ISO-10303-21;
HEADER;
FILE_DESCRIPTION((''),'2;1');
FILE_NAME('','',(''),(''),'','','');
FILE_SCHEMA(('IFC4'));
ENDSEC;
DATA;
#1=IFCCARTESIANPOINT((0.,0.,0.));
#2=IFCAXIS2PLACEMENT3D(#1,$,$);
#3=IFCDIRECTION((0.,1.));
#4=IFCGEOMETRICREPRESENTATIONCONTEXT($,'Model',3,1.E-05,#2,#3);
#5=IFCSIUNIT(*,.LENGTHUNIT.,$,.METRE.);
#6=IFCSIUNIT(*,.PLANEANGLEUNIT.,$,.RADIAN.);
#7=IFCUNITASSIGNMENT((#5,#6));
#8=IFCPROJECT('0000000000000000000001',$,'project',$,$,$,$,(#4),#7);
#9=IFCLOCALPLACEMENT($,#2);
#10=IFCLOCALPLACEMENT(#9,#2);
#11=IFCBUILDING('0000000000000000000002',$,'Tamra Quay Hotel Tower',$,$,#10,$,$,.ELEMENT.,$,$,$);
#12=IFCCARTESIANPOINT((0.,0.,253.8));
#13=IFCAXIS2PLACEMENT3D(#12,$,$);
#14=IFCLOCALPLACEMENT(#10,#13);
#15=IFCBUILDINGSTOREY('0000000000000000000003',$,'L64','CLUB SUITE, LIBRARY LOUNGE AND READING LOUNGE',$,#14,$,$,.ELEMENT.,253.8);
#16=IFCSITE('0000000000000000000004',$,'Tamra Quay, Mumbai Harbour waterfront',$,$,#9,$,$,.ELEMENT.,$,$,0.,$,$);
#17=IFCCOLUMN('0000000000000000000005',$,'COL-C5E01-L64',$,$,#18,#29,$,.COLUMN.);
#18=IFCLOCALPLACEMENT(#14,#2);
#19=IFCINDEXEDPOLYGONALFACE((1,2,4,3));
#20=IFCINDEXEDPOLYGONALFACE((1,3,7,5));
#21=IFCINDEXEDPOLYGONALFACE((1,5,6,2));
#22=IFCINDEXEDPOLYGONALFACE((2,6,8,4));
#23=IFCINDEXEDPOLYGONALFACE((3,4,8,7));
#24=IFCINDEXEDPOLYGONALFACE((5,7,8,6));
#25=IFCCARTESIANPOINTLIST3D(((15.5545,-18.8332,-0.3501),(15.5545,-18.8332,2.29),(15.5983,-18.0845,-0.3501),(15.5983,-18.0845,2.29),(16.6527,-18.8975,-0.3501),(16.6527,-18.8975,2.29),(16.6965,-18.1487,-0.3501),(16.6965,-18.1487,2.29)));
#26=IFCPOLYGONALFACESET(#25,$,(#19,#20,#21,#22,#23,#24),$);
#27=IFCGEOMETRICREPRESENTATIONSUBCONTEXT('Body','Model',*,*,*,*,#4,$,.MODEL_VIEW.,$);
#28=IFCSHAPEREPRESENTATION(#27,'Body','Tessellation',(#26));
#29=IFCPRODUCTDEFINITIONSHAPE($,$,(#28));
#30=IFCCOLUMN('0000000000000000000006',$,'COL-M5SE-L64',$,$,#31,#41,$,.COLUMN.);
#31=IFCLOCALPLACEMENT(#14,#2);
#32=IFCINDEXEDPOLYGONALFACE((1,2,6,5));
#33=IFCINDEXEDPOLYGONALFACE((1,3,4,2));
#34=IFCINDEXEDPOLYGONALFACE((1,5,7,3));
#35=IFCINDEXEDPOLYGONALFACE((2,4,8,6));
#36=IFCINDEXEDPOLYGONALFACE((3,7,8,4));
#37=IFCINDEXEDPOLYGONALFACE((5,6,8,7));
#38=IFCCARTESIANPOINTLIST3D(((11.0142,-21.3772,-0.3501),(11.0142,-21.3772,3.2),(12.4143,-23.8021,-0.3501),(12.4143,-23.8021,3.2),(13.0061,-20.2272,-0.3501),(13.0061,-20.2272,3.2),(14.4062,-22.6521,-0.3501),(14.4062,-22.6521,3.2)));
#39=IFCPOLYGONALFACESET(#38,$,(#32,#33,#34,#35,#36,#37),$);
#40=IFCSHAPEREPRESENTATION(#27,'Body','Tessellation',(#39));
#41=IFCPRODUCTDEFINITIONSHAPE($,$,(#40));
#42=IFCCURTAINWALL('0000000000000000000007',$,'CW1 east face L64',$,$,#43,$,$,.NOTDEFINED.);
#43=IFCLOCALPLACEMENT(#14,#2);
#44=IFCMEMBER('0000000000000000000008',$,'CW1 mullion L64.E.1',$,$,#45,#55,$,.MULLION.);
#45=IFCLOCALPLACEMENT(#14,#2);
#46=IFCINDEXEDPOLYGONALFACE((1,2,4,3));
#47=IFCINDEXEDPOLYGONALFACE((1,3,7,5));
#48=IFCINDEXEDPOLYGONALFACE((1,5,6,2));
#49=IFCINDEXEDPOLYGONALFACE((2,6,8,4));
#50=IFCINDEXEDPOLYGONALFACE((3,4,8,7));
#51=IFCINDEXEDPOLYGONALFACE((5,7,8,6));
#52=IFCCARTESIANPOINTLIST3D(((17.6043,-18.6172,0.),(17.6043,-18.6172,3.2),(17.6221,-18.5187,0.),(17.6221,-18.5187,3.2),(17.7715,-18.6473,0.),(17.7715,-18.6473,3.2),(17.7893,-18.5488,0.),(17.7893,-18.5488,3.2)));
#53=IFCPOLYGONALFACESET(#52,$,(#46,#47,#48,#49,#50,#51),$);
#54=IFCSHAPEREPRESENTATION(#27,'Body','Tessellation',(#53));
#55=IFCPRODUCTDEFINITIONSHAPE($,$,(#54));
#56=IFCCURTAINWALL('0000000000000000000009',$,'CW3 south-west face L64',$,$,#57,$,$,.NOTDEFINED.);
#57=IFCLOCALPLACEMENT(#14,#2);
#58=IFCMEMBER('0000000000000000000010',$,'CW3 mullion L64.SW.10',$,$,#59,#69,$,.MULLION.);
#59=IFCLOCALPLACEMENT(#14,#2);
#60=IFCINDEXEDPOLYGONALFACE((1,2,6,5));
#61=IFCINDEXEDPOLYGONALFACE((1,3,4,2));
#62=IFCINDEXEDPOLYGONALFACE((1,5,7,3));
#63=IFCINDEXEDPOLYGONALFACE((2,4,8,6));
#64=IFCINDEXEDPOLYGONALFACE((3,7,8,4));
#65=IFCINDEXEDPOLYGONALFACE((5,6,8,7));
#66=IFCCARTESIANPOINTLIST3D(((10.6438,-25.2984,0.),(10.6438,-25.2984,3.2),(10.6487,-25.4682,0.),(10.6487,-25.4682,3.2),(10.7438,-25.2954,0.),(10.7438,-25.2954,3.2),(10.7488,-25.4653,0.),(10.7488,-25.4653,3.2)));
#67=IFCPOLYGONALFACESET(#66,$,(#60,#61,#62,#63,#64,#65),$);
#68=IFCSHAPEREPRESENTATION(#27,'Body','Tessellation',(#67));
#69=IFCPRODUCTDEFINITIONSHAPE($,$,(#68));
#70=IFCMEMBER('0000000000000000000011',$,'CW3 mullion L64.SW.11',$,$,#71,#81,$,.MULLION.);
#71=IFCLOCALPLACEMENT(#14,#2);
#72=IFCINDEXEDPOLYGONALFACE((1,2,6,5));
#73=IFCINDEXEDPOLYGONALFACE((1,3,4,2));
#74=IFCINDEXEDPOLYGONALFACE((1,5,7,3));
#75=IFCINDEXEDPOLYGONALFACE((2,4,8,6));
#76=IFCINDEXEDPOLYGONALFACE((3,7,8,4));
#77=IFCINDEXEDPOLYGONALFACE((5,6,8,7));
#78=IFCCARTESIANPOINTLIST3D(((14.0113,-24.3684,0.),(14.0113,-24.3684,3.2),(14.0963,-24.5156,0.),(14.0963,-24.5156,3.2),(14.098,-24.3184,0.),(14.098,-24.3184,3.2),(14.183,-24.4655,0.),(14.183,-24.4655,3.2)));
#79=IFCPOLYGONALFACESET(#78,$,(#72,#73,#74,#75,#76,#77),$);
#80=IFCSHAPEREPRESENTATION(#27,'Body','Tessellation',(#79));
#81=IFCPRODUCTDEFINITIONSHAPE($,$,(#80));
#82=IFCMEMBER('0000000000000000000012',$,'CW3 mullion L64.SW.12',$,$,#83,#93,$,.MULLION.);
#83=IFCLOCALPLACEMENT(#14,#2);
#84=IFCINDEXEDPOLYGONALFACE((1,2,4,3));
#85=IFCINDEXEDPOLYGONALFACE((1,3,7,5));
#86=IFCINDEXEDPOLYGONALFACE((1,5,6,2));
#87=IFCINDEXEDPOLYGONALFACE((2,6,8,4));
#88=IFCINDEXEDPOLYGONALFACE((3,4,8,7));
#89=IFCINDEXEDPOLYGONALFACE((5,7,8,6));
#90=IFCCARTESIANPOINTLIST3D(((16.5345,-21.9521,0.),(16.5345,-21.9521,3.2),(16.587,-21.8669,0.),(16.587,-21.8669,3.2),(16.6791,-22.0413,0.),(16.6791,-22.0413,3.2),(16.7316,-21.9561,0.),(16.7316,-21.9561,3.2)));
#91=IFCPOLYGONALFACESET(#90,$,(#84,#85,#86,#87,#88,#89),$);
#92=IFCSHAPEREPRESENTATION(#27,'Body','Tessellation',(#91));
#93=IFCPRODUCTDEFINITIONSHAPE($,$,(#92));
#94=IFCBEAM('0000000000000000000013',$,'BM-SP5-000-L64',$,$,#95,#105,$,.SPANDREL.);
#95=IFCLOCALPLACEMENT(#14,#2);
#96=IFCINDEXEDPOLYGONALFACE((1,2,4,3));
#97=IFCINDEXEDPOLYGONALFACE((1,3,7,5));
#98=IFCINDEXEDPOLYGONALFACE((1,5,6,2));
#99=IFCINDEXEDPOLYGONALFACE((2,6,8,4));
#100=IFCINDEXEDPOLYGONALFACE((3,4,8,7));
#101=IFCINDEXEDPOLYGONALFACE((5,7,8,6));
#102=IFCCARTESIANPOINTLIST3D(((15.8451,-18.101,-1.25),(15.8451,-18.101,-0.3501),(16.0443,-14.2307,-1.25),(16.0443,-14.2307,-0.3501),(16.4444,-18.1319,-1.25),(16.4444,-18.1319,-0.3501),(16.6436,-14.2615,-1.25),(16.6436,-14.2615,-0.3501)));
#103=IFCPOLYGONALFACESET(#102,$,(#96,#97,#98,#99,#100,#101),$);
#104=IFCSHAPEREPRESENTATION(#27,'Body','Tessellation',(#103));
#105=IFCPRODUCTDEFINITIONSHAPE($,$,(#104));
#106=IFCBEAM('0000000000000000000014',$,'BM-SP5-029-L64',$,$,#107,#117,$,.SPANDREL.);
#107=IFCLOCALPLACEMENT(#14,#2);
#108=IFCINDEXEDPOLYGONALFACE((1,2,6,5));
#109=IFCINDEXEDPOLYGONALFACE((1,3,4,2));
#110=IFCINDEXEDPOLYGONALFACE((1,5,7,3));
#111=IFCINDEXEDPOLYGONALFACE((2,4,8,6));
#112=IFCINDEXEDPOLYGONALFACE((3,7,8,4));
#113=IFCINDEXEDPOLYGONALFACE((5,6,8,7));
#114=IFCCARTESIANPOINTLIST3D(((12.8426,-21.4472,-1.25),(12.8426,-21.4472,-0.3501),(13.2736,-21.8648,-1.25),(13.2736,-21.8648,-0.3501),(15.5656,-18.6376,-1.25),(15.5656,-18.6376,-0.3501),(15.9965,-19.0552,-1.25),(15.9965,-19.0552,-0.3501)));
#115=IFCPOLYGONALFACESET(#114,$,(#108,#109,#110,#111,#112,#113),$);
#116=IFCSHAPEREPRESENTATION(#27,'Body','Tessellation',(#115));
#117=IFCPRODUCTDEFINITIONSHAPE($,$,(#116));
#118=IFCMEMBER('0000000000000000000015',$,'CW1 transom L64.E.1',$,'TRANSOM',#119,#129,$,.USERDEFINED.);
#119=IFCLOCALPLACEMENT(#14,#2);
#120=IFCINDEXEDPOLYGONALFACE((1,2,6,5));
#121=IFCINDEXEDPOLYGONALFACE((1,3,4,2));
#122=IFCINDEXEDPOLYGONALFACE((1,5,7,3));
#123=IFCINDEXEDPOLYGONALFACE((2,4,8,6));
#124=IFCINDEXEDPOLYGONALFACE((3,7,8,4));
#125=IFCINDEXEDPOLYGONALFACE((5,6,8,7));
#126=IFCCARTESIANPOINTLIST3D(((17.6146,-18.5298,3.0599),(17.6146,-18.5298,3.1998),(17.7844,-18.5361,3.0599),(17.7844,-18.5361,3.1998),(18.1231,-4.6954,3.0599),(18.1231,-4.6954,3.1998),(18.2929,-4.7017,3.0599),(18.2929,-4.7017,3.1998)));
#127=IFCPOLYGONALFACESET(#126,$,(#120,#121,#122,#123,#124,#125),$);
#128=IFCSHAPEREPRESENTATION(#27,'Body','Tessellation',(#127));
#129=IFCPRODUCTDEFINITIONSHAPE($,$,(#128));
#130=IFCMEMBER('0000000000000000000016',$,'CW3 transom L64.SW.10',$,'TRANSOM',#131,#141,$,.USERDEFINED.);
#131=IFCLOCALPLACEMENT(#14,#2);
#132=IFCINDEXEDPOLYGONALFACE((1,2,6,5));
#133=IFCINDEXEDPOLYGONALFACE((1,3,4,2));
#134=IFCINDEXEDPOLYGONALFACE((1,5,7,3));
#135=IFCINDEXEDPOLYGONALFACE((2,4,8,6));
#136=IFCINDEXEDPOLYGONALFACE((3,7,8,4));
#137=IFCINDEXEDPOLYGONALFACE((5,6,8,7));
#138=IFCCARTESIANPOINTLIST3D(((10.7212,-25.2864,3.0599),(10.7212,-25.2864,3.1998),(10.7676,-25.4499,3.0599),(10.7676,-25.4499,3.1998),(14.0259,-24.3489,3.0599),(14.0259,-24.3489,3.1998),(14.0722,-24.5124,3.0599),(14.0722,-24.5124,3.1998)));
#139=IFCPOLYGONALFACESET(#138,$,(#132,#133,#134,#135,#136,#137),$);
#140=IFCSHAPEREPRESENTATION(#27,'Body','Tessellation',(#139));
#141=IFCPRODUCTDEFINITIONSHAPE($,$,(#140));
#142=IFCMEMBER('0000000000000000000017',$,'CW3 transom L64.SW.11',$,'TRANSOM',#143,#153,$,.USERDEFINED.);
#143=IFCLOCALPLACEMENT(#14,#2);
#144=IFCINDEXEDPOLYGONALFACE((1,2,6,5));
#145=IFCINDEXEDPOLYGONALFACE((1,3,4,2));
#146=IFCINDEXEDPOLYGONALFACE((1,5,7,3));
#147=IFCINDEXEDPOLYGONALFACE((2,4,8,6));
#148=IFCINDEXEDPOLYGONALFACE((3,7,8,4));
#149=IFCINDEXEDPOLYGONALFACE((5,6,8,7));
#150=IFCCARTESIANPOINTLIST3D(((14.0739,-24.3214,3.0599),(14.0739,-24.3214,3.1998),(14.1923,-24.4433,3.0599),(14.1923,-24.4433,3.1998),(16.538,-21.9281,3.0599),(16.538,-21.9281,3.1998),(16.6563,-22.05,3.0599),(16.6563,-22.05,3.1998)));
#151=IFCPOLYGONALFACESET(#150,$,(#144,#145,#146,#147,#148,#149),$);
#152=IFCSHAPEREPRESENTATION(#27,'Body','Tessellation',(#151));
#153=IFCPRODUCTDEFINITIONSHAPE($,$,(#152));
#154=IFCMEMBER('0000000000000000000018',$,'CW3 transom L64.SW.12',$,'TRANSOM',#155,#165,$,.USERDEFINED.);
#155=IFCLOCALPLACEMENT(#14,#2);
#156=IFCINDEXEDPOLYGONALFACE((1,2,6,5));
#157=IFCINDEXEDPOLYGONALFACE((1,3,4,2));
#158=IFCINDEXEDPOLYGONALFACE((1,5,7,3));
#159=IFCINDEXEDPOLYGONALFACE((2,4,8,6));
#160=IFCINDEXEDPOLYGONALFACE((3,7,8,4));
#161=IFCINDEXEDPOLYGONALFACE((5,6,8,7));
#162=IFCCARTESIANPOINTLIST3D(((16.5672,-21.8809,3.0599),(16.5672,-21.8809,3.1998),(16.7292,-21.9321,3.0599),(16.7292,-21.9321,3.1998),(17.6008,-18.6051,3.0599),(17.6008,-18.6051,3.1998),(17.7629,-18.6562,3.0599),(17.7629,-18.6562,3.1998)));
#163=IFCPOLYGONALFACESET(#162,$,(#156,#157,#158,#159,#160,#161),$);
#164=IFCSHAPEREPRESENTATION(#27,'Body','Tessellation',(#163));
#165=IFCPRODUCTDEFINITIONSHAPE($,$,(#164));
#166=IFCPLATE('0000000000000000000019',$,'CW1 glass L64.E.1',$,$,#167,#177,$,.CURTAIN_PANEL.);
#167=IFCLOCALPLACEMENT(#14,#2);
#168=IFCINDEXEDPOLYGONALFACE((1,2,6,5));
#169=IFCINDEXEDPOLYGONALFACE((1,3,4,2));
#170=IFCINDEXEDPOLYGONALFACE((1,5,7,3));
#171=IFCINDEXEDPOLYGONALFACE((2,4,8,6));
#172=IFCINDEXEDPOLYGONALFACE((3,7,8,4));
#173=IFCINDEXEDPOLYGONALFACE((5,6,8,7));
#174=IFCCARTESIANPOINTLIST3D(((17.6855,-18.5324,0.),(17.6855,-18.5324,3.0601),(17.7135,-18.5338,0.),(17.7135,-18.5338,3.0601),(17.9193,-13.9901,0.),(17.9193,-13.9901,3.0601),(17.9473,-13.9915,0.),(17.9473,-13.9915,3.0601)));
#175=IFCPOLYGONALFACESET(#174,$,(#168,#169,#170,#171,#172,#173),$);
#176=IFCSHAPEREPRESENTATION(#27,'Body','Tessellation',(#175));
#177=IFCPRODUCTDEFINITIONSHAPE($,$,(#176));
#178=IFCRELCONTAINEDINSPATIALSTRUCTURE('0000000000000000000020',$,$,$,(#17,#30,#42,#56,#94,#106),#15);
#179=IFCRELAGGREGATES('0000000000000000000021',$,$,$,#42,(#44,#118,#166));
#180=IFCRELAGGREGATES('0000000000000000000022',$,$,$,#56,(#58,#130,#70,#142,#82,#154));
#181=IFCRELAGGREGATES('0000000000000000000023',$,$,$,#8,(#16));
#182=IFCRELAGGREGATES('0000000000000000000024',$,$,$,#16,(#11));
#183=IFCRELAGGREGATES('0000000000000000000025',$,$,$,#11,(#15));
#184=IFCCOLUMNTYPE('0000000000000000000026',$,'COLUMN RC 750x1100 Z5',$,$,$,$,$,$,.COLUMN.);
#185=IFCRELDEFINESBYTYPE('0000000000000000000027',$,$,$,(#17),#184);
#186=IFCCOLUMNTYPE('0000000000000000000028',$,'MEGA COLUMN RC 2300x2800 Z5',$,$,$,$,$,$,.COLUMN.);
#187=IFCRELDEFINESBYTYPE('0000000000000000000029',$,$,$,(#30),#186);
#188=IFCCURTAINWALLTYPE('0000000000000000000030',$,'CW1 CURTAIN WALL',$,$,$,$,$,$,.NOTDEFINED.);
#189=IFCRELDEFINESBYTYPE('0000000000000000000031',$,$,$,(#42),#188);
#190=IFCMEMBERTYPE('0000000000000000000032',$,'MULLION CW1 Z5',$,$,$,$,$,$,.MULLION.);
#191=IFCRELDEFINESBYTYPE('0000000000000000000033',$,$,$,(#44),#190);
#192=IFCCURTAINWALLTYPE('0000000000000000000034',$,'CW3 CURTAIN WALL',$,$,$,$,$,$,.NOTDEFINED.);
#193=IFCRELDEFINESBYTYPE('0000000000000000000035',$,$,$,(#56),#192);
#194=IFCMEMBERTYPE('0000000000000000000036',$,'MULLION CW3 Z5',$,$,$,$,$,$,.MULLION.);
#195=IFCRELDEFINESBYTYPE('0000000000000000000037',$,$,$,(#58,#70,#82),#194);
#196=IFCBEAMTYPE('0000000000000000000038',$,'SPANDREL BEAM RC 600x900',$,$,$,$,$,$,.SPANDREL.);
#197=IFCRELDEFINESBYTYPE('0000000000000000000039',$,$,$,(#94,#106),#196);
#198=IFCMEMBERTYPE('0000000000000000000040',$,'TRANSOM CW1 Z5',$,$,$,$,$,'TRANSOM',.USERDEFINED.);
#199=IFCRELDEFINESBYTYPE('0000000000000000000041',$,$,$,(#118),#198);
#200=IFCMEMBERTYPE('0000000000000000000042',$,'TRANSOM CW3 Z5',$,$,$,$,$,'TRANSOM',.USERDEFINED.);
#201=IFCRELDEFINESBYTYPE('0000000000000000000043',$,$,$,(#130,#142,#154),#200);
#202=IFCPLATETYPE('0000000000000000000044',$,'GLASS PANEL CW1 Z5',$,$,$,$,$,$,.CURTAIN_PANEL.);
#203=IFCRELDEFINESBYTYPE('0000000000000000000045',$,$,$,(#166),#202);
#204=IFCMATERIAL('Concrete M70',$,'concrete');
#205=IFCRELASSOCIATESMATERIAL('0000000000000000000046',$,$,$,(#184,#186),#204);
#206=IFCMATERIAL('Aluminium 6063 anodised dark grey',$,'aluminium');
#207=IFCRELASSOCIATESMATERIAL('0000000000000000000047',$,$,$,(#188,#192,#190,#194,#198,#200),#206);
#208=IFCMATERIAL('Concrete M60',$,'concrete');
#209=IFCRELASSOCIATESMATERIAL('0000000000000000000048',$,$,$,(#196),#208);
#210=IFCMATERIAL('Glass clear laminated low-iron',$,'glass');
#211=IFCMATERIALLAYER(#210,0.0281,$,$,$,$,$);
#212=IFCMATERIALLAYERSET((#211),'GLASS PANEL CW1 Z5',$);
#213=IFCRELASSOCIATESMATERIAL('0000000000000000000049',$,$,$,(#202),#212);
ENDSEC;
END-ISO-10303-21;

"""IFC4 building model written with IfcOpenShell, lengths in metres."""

from ifc_helpers import new_model, si_unit, direction, frame, origin, origin_2d, place, context, subcontext, project, spatial, rectangle, extrude, material, layer, layer_set, material_profile, profile_set, type_object, element, aggregate, save


model = new_model("IFC4")

# Units and contexts
model_context = context("Model", 3, precision=1e-05, world=origin(), true_north=direction((0.0, 1.0)))
body_context = subcontext(model_context, "Body", "Model", "MODEL_VIEW")
ifc_project = project(units=[si_unit("LENGTHUNIT", "METRE"), si_unit("PLANEANGLEUNIT", "RADIAN")], contexts=[model_context])

# Site, building, storey
site_placement = place(None, origin())
site = spatial("IfcSite", under=ifc_project, at=site_placement, Name="Tamra Quay, Mumbai Harbour waterfront", CompositionType="ELEMENT", RefElevation=0.0)
building_placement = place(site_placement, origin())
building = spatial("IfcBuilding", under=site, at=building_placement, Name="Tamra Quay Hotel Tower", CompositionType="ELEMENT")
storey_placement = place(building_placement, frame((0.0, 0.0, 253.8)))
storey = spatial("IfcBuildingStorey", under=building, at=storey_placement, Name="L64", Description="CLUB SUITE, LIBRARY LOUNGE AND READING LOUNGE", CompositionType="ELEMENT", Elevation=253.8)

# Columns
ifc_material_1 = material(Name="Concrete M70", Category="concrete")
ifc_material_profile_1 = material_profile(ifc_material_1, rectangle(XDim=1.1001, YDim=0.75, at=origin_2d()), Name="COLUMN RC 750x1100 Z5")
ifc_profile_set_1 = profile_set([ifc_material_profile_1], Name="Concrete M70")
column_type_1 = type_object("IfcColumnType", Name="COLUMN RC 750x1100 Z5", PredefinedType="COLUMN", material=ifc_profile_set_1)
column_1_placement = place(storey_placement, frame((16.1255, -18.491, -0.3501), z_axis=(0.0, 0.0, 1.0), x_axis=(-0.998292, 0.05842, 0.0)))
element("IfcColumn", 1, at=column_1_placement, inside=storey, type_object=column_type_1, Name="COL-C5E01-L64", PredefinedType="COLUMN", context=body_context, shape_type="SweptSolid", body=[
    extrude(rectangle(XDim=1.1001, YDim=0.75, at=origin_2d()), origin(), (0.0, 0.0, 1.0), 2.6401),
])
ifc_material_profile_2 = material_profile(ifc_material_1, rectangle(XDim=2.8, YDim=2.3, at=origin_2d()), Name="MEGA COLUMN RC 2300x2800 Z5")
ifc_profile_set_2 = profile_set([ifc_material_profile_2], Name="Concrete M70")
column_type_2 = type_object("IfcColumnType", Name="MEGA COLUMN RC 2300x2800 Z5", PredefinedType="COLUMN", material=ifc_profile_set_2)
column_2_placement = place(storey_placement, frame((12.7102, -22.0146, -0.3501), z_axis=(0.0, 0.0, 1.0), x_axis=(-0.5, 0.866025, 0.0)))
element("IfcColumn", 2, at=column_2_placement, inside=storey, type_object=column_type_2, Name="COL-M5SE-L64", PredefinedType="COLUMN", context=body_context, shape_type="SweptSolid", body=[
    extrude(rectangle(XDim=2.8, YDim=2.3, at=origin_2d()), origin(), (0.0, 0.0, 1.0), 3.55),
])

# Curtain wall, member
ifc_material_2 = material(Name="Aluminium 6063 anodised dark grey", Category="aluminium")
curtain_wall_type_1 = type_object("IfcCurtainWallType", Name="CW1 CURTAIN WALL", PredefinedType="NOTDEFINED", material=ifc_material_2)
curtain_wall_1_placement = place(storey_placement, origin())
curtain_wall_1 = element("IfcCurtainWall", 3, at=curtain_wall_1_placement, inside=storey, type_object=curtain_wall_type_1, Name="CW1 east face L64", PredefinedType="NOTDEFINED")
ifc_material_profile_3 = material_profile(ifc_material_2, rectangle(XDim=0.1699, YDim=0.1001, at=origin_2d()), Name="MULLION 100X170")
ifc_profile_set_3 = profile_set([ifc_material_profile_3], Name="Aluminium 6063 anodised dark grey")
member_type_1 = type_object("IfcMemberType", Name="MULLION CW1 Z5", PredefinedType="MULLION", material=ifc_profile_set_3)
member_1_placement = place(storey_placement, frame((17.6968, -18.583, 0.0), z_axis=(0.0, 0.0, 1.0), x_axis=(0.984105, -0.177586, 0.0)))
member_1 = element("IfcMember", 4, at=member_1_placement, type_object=member_type_1, Name="CW1 mullion L64.E.1", PredefinedType="MULLION", context=body_context, shape_type="SweptSolid", body=[
    extrude(rectangle(XDim=0.1699, YDim=0.1001, at=origin_2d()), origin(), (0.0, 0.0, 1.0), 3.2),
])

# Curtain wall, members
curtain_wall_type_2 = type_object("IfcCurtainWallType", Name="CW3 CURTAIN WALL", PredefinedType="NOTDEFINED", material=ifc_material_2)
curtain_wall_2_placement = place(storey_placement, origin())
curtain_wall_2 = element("IfcCurtainWall", 5, at=curtain_wall_2_placement, inside=storey, type_object=curtain_wall_type_2, Name="CW3 south-west face L64", PredefinedType="NOTDEFINED")
ifc_material_profile_4 = material_profile(ifc_material_2, rectangle(XDim=0.1699, YDim=0.1001, at=origin_2d()), Name="MULLION 100X170")
ifc_profile_set_4 = profile_set([ifc_material_profile_4], Name="Aluminium 6063 anodised dark grey")
member_type_2 = type_object("IfcMemberType", Name="MULLION CW3 Z5", PredefinedType="MULLION", material=ifc_profile_set_4)
member_2_placement = place(storey_placement, frame((10.6963, -25.3818, 0.0), z_axis=(0.0, 0.0, 1.0), x_axis=(0.029223, -0.999573, 0.0)))
member_2 = element("IfcMember", 6, at=member_2_placement, type_object=member_type_2, Name="CW3 mullion L64.SW.10", PredefinedType="MULLION", context=body_context, shape_type="SweptSolid", body=[
    extrude(rectangle(XDim=0.1699, YDim=0.1001, at=origin_2d()), origin(), (0.0, 0.0, 1.0), 3.2),
])
member_3_placement = place(storey_placement, frame((14.0972, -24.417, 0.0), z_axis=(0.0, 0.0, 1.0), x_axis=(0.5, -0.866025, 0.0)))
member_3 = element("IfcMember", 7, at=member_3_placement, type_object=member_type_2, Name="CW3 mullion L64.SW.11", PredefinedType="MULLION", context=body_context, shape_type="SweptSolid", body=[
    extrude(rectangle(XDim=0.1699, YDim=0.1001, at=origin_2d()), origin(), (0.0, 0.0, 1.0), 3.2),
])
member_4_placement = place(storey_placement, frame((16.6331, -21.9541, 0.0), z_axis=(0.0, 0.0, 1.0), x_axis=(0.851044, -0.525094, 0.0)))
member_4 = element("IfcMember", 8, at=member_4_placement, type_object=member_type_2, Name="CW3 mullion L64.SW.12", PredefinedType="MULLION", context=body_context, shape_type="SweptSolid", body=[
    extrude(rectangle(XDim=0.1699, YDim=0.1001, at=origin_2d()), origin(), (0.0, 0.0, 1.0), 3.2),
])

# Beams
ifc_material_3 = material(Name="Concrete M60", Category="concrete")
ifc_material_profile_5 = material_profile(ifc_material_3, rectangle(XDim=0.6001, YDim=0.8999, at=origin_2d()), Name="SPANDREL BEAM RC 600x900")
ifc_profile_set_5 = profile_set([ifc_material_profile_5], Name="Concrete M60")
beam_type = type_object("IfcBeamType", Name="SPANDREL BEAM RC 600x900", PredefinedType="SPANDREL", material=ifc_profile_set_5)
beam_1_placement = place(storey_placement, frame((16.1448, -18.1165, -0.8), z_axis=(0.051405, 0.998678, 0.0), x_axis=(-0.998678, 0.051405, 0.0)))
element("IfcBeam", 9, at=beam_1_placement, inside=storey, type_object=beam_type, Name="BM-SP5-000-L64", PredefinedType="SPANDREL", context=body_context, shape_type="SweptSolid", body=[
    extrude(rectangle(XDim=0.6001, YDim=0.8999, at=origin_2d()), origin(), (0.0, 0.0, 1.0), 3.8755),
])
beam_2_placement = place(storey_placement, frame((13.0581, -21.656, -0.8), z_axis=(0.695944, 0.718096, 0.0), x_axis=(-0.718096, 0.695944, 0.0)))
element("IfcBeam", 10, at=beam_2_placement, inside=storey, type_object=beam_type, Name="BM-SP5-029-L64", PredefinedType="SPANDREL", context=body_context, shape_type="SweptSolid", body=[
    extrude(rectangle(XDim=0.6001, YDim=0.8999, at=origin_2d()), origin(), (0.0, 0.0, 1.0), 3.9126),
])

# Members
ifc_material_profile_6 = material_profile(ifc_material_2, rectangle(XDim=0.1699, YDim=0.1399, at=origin_2d()), Name="TRANSOM 170X140")
ifc_profile_set_6 = profile_set([ifc_material_profile_6], Name="Aluminium 6063 anodised dark grey")
member_type_3 = type_object("IfcMemberType", Name="TRANSOM CW1 Z5", ElementType="TRANSOM", PredefinedType="USERDEFINED", material=ifc_profile_set_6)
member_5_placement = place(storey_placement, frame((17.6995, -18.533, 3.1299), z_axis=(0.036734, 0.999325, 0.0), x_axis=(-0.999325, 0.036734, 0.0)))
member_5 = element("IfcMember", 11, at=member_5_placement, type_object=member_type_3, Name="CW1 transom L64.E.1", ObjectType="TRANSOM", PredefinedType="USERDEFINED", context=body_context, shape_type="SweptSolid", body=[
    extrude(rectangle(XDim=0.1699, YDim=0.1399, at=origin_2d()), origin(), (0.0, 0.0, 1.0), 13.8438),
])
ifc_material_profile_7 = material_profile(ifc_material_2, rectangle(XDim=0.1699, YDim=0.1399, at=origin_2d()), Name="TRANSOM 170X140")
ifc_profile_set_7 = profile_set([ifc_material_profile_7], Name="Aluminium 6063 anodised dark grey")
member_type_4 = type_object("IfcMemberType", Name="TRANSOM CW3 Z5", ElementType="TRANSOM", PredefinedType="USERDEFINED", material=ifc_profile_set_7)
member_6_placement = place(storey_placement, frame((10.7444, -25.3682, 3.1299), z_axis=(0.962037, 0.272918, 0.0), x_axis=(-0.272918, 0.962037, 0.0)))
member_6 = element("IfcMember", 12, at=member_6_placement, type_object=member_type_4, Name="CW3 transom L64.SW.10", ObjectType="TRANSOM", PredefinedType="USERDEFINED", context=body_context, shape_type="SweptSolid", body=[
    extrude(rectangle(XDim=0.1699, YDim=0.1399, at=origin_2d()), origin(), (0.0, 0.0, 1.0), 3.4351),
])
member_7_placement = place(storey_placement, frame((14.1331, -24.3823, 3.1299), z_axis=(0.717337, 0.696726, 0.0), x_axis=(-0.696726, 0.717337, 0.0)))
member_7 = element("IfcMember", 13, at=member_7_placement, type_object=member_type_4, Name="CW3 transom L64.SW.11", ObjectType="TRANSOM", PredefinedType="USERDEFINED", context=body_context, shape_type="SweptSolid", body=[
    extrude(rectangle(XDim=0.1699, YDim=0.1399, at=origin_2d()), origin(), (0.0, 0.0, 1.0), 3.4351),
])
member_8_placement = place(storey_placement, frame((16.6482, -21.9065, 3.1299), z_axis=(0.30092, 0.953649, 0.0), x_axis=(-0.953649, 0.30092, 0.0)))
member_8 = element("IfcMember", 14, at=member_8_placement, type_object=member_type_4, Name="CW3 transom L64.SW.12", ObjectType="TRANSOM", PredefinedType="USERDEFINED", context=body_context, shape_type="SweptSolid", body=[
    extrude(rectangle(XDim=0.1699, YDim=0.1399, at=origin_2d()), origin(), (0.0, 0.0, 1.0), 3.4351),
])

# Plate
ifc_material_4 = material(Name="Glass clear laminated low-iron", Category="glass")
ifc_layer_1 = layer(ifc_material_4, 0.0281)
ifc_layer_set_1 = layer_set([ifc_layer_1], Name="GLASS PANEL CW1 Z5")
plate_type_1 = type_object("IfcPlateType", Name="GLASS PANEL CW1 Z5", PredefinedType="CURTAIN_PANEL", material=ifc_layer_set_1)
plate_1_placement = place(storey_placement, frame((17.8164, -16.262, 0.0), z_axis=(0.0, 0.0, 1.0), x_axis=(0.051403, 0.998678, 0.0)))
plate_1 = element("IfcPlate", 15, at=plate_1_placement, type_object=plate_type_1, Name="CW1 glass L64.E.1", PredefinedType="CURTAIN_PANEL", context=body_context, shape_type="SweptSolid", body=[
    extrude(rectangle(XDim=4.5483, YDim=0.0281, at=origin_2d()), origin(), (0.0, 0.0, 1.0), 3.0601),
])
aggregate(curtain_wall_1, [member_1, member_5, plate_1])
aggregate(curtain_wall_2, [member_2, member_6, member_3, member_7, member_4, member_8])

save(model, "model.ifc")
